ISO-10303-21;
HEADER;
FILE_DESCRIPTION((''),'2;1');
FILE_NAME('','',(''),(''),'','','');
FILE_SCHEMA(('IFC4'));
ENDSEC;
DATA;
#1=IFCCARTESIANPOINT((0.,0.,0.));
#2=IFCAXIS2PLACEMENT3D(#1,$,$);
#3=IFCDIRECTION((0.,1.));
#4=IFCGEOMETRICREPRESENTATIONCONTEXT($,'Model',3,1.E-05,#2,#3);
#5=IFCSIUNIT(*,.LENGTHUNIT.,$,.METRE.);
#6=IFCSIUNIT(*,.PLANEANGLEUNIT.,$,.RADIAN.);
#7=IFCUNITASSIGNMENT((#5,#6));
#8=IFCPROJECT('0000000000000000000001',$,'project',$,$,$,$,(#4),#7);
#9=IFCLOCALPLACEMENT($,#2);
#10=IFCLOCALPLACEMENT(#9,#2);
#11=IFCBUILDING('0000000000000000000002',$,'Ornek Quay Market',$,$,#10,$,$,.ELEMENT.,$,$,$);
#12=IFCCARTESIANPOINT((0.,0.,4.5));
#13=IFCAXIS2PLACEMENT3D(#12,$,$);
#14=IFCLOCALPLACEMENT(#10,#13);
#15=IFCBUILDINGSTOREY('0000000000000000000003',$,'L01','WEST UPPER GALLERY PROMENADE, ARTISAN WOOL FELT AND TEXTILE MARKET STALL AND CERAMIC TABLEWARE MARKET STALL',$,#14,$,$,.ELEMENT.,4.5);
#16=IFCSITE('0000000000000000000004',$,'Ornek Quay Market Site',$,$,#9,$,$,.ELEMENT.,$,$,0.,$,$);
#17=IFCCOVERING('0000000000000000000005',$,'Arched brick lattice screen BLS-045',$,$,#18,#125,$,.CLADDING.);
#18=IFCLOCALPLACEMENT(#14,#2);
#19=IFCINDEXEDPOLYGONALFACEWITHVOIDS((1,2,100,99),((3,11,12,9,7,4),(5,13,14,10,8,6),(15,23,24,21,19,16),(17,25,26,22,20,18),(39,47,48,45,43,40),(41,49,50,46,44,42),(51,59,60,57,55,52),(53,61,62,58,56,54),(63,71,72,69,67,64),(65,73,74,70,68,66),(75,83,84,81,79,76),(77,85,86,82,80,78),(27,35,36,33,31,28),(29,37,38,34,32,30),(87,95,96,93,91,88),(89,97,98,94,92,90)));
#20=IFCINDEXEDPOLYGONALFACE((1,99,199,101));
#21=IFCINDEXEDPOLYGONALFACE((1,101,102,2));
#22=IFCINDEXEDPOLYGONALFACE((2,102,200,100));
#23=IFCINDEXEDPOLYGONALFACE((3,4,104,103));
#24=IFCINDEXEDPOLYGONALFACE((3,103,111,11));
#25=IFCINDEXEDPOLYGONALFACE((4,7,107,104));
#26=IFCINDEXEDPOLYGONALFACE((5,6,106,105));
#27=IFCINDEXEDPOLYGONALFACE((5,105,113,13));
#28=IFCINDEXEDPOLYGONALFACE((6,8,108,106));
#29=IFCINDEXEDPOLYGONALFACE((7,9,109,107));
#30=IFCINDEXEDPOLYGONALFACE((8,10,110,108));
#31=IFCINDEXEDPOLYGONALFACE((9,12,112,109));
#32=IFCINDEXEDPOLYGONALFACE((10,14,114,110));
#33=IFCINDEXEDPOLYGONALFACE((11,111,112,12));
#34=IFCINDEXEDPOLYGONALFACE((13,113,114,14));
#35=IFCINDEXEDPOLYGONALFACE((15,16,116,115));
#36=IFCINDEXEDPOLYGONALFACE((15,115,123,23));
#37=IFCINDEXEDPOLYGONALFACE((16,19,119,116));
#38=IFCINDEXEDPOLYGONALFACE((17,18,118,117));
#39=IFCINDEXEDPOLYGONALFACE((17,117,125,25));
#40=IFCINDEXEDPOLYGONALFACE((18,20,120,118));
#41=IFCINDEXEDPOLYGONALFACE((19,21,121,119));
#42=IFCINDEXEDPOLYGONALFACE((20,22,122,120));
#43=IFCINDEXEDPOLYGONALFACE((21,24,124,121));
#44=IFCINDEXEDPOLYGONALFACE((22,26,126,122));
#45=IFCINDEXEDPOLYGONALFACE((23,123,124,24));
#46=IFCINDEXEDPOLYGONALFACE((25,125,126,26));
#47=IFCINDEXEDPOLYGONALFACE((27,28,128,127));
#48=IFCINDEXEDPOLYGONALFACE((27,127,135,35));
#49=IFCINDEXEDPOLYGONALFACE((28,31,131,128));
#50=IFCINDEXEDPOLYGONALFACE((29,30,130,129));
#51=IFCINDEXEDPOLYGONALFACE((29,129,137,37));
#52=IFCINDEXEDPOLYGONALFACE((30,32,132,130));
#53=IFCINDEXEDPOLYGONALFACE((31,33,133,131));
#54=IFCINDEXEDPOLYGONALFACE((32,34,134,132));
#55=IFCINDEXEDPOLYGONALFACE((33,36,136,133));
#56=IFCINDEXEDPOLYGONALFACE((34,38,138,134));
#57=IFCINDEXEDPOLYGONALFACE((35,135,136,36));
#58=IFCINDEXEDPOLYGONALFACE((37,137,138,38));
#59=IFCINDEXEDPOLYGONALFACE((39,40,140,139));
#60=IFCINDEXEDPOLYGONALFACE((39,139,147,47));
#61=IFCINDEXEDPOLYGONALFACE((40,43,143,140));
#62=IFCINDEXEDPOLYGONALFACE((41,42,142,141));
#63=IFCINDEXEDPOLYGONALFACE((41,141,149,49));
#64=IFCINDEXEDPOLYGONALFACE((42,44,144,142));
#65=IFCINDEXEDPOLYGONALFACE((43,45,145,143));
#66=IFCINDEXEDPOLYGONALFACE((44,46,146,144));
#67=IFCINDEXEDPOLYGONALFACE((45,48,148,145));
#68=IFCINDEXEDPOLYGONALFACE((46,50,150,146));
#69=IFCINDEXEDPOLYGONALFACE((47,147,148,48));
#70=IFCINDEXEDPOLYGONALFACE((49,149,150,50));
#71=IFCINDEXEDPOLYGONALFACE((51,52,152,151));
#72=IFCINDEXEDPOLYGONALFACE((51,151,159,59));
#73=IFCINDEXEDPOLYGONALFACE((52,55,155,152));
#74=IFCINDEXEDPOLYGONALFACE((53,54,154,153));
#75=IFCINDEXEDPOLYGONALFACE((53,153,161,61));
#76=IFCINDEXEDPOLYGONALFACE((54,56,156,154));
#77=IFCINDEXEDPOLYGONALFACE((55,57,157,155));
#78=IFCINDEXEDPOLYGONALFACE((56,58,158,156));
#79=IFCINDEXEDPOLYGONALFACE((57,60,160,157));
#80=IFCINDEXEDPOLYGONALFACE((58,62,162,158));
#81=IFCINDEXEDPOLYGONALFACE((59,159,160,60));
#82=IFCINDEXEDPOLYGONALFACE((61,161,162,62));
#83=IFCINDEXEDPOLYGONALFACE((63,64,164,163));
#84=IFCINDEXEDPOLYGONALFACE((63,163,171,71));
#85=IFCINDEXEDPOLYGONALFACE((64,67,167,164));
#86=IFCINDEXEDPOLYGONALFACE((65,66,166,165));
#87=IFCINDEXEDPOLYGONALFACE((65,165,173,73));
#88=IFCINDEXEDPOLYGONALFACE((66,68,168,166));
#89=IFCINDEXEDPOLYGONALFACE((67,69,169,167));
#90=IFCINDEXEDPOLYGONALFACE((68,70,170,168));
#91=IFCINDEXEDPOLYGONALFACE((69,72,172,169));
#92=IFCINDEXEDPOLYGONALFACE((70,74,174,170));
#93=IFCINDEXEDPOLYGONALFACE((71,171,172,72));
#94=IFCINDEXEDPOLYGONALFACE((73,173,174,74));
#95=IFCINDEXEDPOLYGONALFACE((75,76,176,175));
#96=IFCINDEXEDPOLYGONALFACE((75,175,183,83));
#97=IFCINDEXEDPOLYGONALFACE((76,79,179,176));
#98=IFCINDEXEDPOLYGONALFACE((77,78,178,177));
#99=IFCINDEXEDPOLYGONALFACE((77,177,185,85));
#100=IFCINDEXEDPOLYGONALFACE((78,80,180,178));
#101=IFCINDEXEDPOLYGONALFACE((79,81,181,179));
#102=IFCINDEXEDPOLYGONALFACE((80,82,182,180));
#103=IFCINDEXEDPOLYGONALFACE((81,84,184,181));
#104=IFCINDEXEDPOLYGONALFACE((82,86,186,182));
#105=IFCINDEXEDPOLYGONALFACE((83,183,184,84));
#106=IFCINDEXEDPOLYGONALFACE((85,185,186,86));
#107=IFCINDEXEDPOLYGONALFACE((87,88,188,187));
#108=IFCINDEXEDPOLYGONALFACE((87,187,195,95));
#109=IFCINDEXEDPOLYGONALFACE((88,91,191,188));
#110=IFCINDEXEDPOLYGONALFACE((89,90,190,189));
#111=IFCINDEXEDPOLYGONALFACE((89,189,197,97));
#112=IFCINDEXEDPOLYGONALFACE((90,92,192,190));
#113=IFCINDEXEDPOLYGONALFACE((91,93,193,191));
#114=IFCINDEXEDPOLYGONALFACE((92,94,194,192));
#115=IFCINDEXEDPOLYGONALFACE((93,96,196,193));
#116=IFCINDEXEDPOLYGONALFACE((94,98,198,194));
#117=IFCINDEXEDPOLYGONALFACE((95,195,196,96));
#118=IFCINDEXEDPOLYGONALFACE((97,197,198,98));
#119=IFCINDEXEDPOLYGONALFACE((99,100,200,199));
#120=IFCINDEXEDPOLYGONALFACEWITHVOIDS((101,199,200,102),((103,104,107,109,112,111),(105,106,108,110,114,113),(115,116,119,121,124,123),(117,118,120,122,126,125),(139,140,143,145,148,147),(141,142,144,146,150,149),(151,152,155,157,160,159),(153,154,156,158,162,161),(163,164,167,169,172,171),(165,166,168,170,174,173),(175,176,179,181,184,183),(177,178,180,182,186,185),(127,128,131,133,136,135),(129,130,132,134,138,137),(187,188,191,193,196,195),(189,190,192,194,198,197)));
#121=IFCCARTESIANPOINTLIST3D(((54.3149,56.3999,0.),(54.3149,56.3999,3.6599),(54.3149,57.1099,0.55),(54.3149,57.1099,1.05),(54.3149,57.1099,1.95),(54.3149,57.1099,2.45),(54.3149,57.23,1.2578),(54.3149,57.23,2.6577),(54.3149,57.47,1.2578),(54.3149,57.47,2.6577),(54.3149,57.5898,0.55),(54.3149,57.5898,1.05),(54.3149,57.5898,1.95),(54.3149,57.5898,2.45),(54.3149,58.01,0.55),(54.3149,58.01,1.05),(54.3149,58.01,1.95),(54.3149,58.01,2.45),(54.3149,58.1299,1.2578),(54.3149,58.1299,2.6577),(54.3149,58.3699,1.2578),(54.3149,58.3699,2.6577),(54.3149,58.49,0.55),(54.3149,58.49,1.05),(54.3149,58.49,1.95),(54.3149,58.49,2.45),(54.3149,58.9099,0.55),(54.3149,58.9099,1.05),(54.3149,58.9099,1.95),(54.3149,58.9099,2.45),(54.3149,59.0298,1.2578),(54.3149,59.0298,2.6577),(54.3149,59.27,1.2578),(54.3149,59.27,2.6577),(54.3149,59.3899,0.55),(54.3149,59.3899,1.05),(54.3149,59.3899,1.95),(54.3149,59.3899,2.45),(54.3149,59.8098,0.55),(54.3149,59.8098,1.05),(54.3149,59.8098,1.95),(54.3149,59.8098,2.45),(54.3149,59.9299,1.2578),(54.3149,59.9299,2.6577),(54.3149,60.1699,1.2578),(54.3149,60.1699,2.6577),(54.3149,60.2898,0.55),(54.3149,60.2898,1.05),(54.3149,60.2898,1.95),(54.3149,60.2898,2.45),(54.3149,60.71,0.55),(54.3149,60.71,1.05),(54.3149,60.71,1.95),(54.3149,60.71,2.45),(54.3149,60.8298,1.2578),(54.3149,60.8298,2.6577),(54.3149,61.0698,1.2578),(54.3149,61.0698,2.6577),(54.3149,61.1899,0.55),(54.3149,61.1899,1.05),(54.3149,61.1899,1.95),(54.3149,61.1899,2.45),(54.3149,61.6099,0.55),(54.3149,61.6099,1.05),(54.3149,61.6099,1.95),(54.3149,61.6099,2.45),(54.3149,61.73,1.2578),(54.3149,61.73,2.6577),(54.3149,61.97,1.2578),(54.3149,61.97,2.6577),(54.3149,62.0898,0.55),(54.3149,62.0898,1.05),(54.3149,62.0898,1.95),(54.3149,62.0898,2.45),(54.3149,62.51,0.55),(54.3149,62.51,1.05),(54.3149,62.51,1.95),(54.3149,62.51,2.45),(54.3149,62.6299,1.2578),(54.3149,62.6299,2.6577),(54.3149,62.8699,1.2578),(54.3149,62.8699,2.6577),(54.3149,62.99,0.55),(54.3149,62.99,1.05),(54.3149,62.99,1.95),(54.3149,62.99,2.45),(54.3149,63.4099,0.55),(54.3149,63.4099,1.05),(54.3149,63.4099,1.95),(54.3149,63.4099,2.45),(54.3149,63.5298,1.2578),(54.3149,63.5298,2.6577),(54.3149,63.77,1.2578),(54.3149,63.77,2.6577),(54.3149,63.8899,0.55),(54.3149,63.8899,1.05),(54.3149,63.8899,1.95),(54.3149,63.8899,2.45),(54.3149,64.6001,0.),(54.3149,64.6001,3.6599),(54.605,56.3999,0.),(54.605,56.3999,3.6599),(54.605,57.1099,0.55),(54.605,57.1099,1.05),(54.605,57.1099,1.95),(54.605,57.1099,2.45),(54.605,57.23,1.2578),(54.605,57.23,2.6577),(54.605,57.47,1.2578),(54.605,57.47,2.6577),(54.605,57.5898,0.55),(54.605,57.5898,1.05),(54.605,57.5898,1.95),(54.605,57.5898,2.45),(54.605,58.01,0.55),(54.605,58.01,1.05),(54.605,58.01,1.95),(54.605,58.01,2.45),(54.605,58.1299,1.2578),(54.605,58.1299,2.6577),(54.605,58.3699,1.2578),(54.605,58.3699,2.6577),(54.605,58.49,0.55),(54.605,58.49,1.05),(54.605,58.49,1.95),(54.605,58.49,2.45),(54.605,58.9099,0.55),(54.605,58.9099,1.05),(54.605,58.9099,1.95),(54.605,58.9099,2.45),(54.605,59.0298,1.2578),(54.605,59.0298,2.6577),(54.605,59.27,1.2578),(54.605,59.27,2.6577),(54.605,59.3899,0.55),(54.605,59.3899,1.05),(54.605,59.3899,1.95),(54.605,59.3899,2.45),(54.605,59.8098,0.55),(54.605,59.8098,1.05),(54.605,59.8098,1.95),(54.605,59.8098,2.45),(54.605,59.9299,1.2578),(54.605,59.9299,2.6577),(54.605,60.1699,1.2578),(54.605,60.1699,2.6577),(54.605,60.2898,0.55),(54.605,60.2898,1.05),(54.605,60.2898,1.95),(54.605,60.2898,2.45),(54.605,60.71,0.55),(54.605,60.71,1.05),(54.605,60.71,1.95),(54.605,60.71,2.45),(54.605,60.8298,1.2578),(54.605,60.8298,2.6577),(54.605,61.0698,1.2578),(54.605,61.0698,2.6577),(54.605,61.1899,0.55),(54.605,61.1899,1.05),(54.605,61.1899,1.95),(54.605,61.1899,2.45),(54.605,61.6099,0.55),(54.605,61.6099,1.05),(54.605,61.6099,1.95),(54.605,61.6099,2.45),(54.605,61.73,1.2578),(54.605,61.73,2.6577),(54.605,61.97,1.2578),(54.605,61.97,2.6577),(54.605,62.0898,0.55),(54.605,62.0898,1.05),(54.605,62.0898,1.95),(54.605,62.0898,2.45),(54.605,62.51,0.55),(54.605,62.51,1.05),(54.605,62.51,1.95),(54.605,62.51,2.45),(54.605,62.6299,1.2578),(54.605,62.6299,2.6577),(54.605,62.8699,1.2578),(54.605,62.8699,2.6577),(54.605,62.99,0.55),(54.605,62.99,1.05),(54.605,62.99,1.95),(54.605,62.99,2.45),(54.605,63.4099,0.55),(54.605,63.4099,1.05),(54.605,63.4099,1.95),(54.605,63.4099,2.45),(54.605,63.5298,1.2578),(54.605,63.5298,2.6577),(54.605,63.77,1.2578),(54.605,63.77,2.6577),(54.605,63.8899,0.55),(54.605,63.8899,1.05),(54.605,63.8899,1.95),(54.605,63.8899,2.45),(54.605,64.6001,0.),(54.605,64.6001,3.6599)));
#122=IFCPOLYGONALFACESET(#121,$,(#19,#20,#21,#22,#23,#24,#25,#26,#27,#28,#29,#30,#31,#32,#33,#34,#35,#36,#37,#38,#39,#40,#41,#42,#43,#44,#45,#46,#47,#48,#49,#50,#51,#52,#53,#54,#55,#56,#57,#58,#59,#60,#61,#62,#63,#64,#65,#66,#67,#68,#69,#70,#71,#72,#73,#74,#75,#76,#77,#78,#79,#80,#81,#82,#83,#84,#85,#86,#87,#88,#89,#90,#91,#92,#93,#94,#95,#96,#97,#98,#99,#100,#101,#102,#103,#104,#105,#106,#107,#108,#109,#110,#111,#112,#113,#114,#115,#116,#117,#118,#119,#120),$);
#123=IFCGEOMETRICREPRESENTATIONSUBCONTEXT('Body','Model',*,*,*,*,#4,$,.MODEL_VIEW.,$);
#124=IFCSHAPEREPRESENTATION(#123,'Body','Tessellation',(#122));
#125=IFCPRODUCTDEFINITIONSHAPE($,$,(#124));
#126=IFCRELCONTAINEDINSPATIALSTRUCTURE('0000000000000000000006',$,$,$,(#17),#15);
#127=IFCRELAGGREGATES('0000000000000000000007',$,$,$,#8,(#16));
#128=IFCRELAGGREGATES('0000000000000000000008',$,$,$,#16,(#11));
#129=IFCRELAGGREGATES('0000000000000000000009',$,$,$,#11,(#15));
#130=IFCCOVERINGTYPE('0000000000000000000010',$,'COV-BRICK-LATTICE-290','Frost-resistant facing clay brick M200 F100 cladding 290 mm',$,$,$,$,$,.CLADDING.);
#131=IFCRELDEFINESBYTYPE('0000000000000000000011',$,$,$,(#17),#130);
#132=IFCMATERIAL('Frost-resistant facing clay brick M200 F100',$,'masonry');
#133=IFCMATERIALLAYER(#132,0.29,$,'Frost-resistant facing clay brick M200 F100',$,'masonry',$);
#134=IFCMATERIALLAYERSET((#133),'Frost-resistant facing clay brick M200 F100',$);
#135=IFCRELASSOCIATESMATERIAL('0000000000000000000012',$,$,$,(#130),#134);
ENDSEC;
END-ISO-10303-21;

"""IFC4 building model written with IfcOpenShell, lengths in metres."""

from ifc_helpers import new_model, si_unit, direction, frame, origin, place, context, subcontext, project, spatial, polyline, outline, extrude, material, layer, layer_set, type_object, element, save


model = new_model("IFC4")

# Units and contexts
model_context = context("Model", 3, precision=1e-05, world=origin(), true_north=direction((0.0, 1.0)))
body_context = subcontext(model_context, "Body", "Model", "MODEL_VIEW")
ifc_project = project(units=[si_unit("LENGTHUNIT", "METRE"), si_unit("PLANEANGLEUNIT", "RADIAN")], contexts=[model_context])

# Site, building, storey
site_placement = place(None, origin())
site = spatial("IfcSite", under=ifc_project, at=site_placement, Name="Ornek Quay Market Site", CompositionType="ELEMENT", RefElevation=0.0)
building_placement = place(site_placement, origin())
building = spatial("IfcBuilding", under=site, at=building_placement, Name="Ornek Quay Market", CompositionType="ELEMENT")
storey_placement = place(building_placement, frame((0.0, 0.0, 4.5)))
storey = spatial("IfcBuildingStorey", under=building, at=storey_placement, Name="L01", Description="WEST UPPER GALLERY PROMENADE, ARTISAN WOOL FELT AND TEXTILE MARKET STALL AND CERAMIC TABLEWARE MARKET STALL", CompositionType="ELEMENT", Elevation=4.5)

# Shared definitions
ifc_material_1 = material(Name="Frost-resistant facing clay brick M200 F100", Category="masonry")

# Covering
ifc_layer_1 = layer(ifc_material_1, 0.29, Name="Frost-resistant facing clay brick M200 F100", Category="masonry")
ifc_layer_set_1 = layer_set([ifc_layer_1], Name="Frost-resistant facing clay brick M200 F100")
covering_type = type_object("IfcCoveringType", Name="COV-BRICK-LATTICE-290", Description="Frost-resistant facing clay brick M200 F100 cladding 290 mm", PredefinedType="CLADDING", material=ifc_layer_set_1)
covering_1_placement = place(storey_placement, frame((54.46, 56.3999, 0.0), z_axis=(0.0, 0.0, 1.0), x_axis=(0.0, 1.0, 0.0)))
element("IfcCovering", 1, at=covering_1_placement, inside=storey, type_object=covering_type, Name="Arched brick lattice screen BLS-045", PredefinedType="CLADDING", context=body_context, shape_type="SweptSolid", body=[
    extrude(outline(polyline([(0.0, 0.0), (8.2002, 0.0), (8.2002, 3.6599), (0.0, 3.6599), (0.0, 0.0)]), holes=[polyline([(0.71, 0.55), (1.1899, 0.55), (1.1899, 1.05), (1.0701, 1.2578), (0.8301, 1.2578), (0.71, 1.05), (0.71, 0.55)]), polyline([(0.71, 1.95), (1.1899, 1.95), (1.1899, 2.45), (1.0701, 2.6577), (0.8301, 2.6577), (0.71, 2.45), (0.71, 1.95)]), polyline([(1.6101, 0.55), (2.0901, 0.55), (2.0901, 1.05), (1.97, 1.2578), (1.73, 1.2578), (1.6101, 1.05), (1.6101, 0.55)]), polyline([(1.6101, 1.95), (2.0901, 1.95), (2.0901, 2.45), (1.97, 2.6577), (1.73, 2.6577), (1.6101, 2.45), (1.6101, 1.95)]), polyline([(2.51, 0.55), (2.99, 0.55), (2.99, 1.05), (2.8701, 1.2578), (2.6299, 1.2578), (2.51, 1.05), (2.51, 0.55)]), polyline([(2.51, 1.95), (2.99, 1.95), (2.99, 2.45), (2.8701, 2.6577), (2.6299, 2.6577), (2.51, 2.45), (2.51, 1.95)]), polyline([(3.4099, 0.55), (3.8899, 0.55), (3.8899, 1.05), (3.77, 1.2578), (3.53, 1.2578), (3.4099, 1.05), (3.4099, 0.55)]), polyline([(3.4099, 1.95), (3.8899, 1.95), (3.8899, 2.45), (3.77, 2.6577), (3.53, 2.6577), (3.4099, 2.45), (3.4099, 1.95)]), polyline([(4.3101, 0.55), (4.79, 0.55), (4.79, 1.05), (4.6699, 1.2578), (4.4299, 1.2578), (4.3101, 1.05), (4.3101, 0.55)]), polyline([(4.3101, 1.95), (4.79, 1.95), (4.79, 2.45), (4.6699, 2.6577), (4.4299, 2.6577), (4.3101, 2.45), (4.3101, 1.95)]), polyline([(5.21, 0.55), (5.6899, 0.55), (5.6899, 1.05), (5.5701, 1.2578), (5.3301, 1.2578), (5.21, 1.05), (5.21, 0.55)]), polyline([(5.21, 1.95), (5.6899, 1.95), (5.6899, 2.45), (5.5701, 2.6577), (5.3301, 2.6577), (5.21, 2.45), (5.21, 1.95)]), polyline([(6.1101, 0.55), (6.5901, 0.55), (6.5901, 1.05), (6.47, 1.2578), (6.23, 1.2578), (6.1101, 1.05), (6.1101, 0.55)]), polyline([(6.1101, 1.95), (6.5901, 1.95), (6.5901, 2.45), (6.47, 2.6577), (6.23, 2.6577), (6.1101, 2.45), (6.1101, 1.95)]), polyline([(7.01, 0.55), (7.49, 0.55), (7.49, 1.05), (7.3701, 1.2578), (7.1299, 1.2578), (7.01, 1.05), (7.01, 0.55)]), polyline([(7.01, 1.95), (7.49, 1.95), (7.49, 2.45), (7.3701, 2.6577), (7.1299, 2.6577), (7.01, 2.45), (7.01, 1.95)])]), frame((0.0, 0.145, 0.0), z_axis=(0.0, -1.0, 0.0), x_axis=(1.0, 0.0, 0.0)), (0.0, 0.0, 1.0), 0.29),
])

save(model, "model.ifc")
